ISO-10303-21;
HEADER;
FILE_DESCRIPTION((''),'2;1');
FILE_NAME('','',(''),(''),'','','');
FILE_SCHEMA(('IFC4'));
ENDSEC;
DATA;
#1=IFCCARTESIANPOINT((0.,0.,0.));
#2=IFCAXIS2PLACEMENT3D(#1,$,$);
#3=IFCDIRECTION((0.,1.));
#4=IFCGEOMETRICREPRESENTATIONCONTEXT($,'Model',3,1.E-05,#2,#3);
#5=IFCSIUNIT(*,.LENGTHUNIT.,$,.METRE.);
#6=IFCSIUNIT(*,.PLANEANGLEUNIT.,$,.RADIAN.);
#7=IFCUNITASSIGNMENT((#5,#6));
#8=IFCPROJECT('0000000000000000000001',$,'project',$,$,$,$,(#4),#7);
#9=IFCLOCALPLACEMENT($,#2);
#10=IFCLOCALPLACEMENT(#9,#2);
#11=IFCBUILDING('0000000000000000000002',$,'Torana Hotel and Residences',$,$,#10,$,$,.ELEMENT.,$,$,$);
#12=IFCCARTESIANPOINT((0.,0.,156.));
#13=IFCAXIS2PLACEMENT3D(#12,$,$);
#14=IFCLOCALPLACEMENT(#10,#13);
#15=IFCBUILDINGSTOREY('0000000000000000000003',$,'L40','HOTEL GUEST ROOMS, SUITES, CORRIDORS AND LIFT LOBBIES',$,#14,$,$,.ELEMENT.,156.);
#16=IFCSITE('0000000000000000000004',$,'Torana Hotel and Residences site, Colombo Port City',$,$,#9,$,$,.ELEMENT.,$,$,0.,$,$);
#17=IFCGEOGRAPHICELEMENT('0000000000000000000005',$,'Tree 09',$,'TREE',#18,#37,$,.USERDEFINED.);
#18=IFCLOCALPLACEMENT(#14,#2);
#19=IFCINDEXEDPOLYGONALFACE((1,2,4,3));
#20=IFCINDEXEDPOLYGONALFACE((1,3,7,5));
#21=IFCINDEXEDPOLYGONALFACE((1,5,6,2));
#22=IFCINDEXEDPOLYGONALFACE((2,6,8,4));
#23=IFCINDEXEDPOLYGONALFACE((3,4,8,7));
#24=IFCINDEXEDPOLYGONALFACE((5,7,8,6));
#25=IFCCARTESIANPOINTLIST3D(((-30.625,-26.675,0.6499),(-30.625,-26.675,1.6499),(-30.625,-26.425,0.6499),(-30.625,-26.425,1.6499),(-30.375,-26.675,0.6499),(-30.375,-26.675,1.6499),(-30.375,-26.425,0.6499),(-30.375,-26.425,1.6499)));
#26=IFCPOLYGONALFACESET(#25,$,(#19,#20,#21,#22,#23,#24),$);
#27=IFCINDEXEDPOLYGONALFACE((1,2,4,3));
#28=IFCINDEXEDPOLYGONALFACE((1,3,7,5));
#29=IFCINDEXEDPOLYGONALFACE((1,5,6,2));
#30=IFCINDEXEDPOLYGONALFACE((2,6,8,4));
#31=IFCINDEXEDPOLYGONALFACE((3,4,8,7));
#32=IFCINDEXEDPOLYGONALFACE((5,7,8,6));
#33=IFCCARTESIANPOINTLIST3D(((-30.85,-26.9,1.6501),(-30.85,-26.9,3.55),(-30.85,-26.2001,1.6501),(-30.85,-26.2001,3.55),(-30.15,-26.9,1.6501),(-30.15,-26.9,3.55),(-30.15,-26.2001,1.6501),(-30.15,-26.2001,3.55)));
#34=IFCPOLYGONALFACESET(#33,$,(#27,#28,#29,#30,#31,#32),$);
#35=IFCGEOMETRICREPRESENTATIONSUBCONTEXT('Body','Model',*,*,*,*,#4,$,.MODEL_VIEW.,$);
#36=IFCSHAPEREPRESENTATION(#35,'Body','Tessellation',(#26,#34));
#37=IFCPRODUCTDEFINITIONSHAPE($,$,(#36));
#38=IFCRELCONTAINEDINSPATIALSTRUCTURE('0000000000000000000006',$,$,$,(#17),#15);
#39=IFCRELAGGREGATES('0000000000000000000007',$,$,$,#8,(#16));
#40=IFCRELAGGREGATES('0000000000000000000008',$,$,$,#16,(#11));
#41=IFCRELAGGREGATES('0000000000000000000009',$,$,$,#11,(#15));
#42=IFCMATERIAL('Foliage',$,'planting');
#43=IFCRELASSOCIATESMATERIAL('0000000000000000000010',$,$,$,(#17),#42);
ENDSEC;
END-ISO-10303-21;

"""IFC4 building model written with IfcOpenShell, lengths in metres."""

from ifc_helpers import new_model, si_unit, direction, frame, origin, origin_2d, place, context, subcontext, project, spatial, rectangle, extrude, material, element, save


model = new_model("IFC4")

# Units and contexts
model_context = context("Model", 3, precision=1e-05, world=origin(), true_north=direction((0.0, 1.0)))
body_context = subcontext(model_context, "Body", "Model", "MODEL_VIEW")
ifc_project = project(units=[si_unit("LENGTHUNIT", "METRE"), si_unit("PLANEANGLEUNIT", "RADIAN")], contexts=[model_context])

# Site, building, storey
site_placement = place(None, origin())
site = spatial("IfcSite", under=ifc_project, at=site_placement, Name="Torana Hotel and Residences site, Colombo Port City", CompositionType="ELEMENT", RefElevation=0.0)
building_placement = place(site_placement, origin())
building = spatial("IfcBuilding", under=site, at=building_placement, Name="Torana Hotel and Residences", CompositionType="ELEMENT")
storey_placement = place(building_placement, frame((0.0, 0.0, 156.0)))
storey = spatial("IfcBuildingStorey", under=building, at=storey_placement, Name="L40", Description="HOTEL GUEST ROOMS, SUITES, CORRIDORS AND LIFT LOBBIES", CompositionType="ELEMENT", Elevation=156.0)

# Geographic element
ifc_material_1 = material(Name="Foliage", Category="planting")
geographic_element_placement = place(storey_placement, frame((-30.5, -26.55, 0.6499), z_axis=(0.0, 0.0, 1.0), x_axis=(1.0, 0.0, 0.0)))
element("IfcGeographicElement", 1, at=geographic_element_placement, inside=storey, material=ifc_material_1, Name="Tree 09", ObjectType="TREE", PredefinedType="USERDEFINED", context=body_context, shape_type="SweptSolid", body=[
    extrude(rectangle(XDim=0.25, YDim=0.25, at=origin_2d()), origin(), (0.0, 0.0, 1.0), 1.0),
    extrude(rectangle(XDim=0.7, YDim=0.7, at=origin_2d()), frame((0.0, 0.0, 1.0002)), (0.0, 0.0, 1.0), 1.8999),
])

save(model, "model.ifc")
